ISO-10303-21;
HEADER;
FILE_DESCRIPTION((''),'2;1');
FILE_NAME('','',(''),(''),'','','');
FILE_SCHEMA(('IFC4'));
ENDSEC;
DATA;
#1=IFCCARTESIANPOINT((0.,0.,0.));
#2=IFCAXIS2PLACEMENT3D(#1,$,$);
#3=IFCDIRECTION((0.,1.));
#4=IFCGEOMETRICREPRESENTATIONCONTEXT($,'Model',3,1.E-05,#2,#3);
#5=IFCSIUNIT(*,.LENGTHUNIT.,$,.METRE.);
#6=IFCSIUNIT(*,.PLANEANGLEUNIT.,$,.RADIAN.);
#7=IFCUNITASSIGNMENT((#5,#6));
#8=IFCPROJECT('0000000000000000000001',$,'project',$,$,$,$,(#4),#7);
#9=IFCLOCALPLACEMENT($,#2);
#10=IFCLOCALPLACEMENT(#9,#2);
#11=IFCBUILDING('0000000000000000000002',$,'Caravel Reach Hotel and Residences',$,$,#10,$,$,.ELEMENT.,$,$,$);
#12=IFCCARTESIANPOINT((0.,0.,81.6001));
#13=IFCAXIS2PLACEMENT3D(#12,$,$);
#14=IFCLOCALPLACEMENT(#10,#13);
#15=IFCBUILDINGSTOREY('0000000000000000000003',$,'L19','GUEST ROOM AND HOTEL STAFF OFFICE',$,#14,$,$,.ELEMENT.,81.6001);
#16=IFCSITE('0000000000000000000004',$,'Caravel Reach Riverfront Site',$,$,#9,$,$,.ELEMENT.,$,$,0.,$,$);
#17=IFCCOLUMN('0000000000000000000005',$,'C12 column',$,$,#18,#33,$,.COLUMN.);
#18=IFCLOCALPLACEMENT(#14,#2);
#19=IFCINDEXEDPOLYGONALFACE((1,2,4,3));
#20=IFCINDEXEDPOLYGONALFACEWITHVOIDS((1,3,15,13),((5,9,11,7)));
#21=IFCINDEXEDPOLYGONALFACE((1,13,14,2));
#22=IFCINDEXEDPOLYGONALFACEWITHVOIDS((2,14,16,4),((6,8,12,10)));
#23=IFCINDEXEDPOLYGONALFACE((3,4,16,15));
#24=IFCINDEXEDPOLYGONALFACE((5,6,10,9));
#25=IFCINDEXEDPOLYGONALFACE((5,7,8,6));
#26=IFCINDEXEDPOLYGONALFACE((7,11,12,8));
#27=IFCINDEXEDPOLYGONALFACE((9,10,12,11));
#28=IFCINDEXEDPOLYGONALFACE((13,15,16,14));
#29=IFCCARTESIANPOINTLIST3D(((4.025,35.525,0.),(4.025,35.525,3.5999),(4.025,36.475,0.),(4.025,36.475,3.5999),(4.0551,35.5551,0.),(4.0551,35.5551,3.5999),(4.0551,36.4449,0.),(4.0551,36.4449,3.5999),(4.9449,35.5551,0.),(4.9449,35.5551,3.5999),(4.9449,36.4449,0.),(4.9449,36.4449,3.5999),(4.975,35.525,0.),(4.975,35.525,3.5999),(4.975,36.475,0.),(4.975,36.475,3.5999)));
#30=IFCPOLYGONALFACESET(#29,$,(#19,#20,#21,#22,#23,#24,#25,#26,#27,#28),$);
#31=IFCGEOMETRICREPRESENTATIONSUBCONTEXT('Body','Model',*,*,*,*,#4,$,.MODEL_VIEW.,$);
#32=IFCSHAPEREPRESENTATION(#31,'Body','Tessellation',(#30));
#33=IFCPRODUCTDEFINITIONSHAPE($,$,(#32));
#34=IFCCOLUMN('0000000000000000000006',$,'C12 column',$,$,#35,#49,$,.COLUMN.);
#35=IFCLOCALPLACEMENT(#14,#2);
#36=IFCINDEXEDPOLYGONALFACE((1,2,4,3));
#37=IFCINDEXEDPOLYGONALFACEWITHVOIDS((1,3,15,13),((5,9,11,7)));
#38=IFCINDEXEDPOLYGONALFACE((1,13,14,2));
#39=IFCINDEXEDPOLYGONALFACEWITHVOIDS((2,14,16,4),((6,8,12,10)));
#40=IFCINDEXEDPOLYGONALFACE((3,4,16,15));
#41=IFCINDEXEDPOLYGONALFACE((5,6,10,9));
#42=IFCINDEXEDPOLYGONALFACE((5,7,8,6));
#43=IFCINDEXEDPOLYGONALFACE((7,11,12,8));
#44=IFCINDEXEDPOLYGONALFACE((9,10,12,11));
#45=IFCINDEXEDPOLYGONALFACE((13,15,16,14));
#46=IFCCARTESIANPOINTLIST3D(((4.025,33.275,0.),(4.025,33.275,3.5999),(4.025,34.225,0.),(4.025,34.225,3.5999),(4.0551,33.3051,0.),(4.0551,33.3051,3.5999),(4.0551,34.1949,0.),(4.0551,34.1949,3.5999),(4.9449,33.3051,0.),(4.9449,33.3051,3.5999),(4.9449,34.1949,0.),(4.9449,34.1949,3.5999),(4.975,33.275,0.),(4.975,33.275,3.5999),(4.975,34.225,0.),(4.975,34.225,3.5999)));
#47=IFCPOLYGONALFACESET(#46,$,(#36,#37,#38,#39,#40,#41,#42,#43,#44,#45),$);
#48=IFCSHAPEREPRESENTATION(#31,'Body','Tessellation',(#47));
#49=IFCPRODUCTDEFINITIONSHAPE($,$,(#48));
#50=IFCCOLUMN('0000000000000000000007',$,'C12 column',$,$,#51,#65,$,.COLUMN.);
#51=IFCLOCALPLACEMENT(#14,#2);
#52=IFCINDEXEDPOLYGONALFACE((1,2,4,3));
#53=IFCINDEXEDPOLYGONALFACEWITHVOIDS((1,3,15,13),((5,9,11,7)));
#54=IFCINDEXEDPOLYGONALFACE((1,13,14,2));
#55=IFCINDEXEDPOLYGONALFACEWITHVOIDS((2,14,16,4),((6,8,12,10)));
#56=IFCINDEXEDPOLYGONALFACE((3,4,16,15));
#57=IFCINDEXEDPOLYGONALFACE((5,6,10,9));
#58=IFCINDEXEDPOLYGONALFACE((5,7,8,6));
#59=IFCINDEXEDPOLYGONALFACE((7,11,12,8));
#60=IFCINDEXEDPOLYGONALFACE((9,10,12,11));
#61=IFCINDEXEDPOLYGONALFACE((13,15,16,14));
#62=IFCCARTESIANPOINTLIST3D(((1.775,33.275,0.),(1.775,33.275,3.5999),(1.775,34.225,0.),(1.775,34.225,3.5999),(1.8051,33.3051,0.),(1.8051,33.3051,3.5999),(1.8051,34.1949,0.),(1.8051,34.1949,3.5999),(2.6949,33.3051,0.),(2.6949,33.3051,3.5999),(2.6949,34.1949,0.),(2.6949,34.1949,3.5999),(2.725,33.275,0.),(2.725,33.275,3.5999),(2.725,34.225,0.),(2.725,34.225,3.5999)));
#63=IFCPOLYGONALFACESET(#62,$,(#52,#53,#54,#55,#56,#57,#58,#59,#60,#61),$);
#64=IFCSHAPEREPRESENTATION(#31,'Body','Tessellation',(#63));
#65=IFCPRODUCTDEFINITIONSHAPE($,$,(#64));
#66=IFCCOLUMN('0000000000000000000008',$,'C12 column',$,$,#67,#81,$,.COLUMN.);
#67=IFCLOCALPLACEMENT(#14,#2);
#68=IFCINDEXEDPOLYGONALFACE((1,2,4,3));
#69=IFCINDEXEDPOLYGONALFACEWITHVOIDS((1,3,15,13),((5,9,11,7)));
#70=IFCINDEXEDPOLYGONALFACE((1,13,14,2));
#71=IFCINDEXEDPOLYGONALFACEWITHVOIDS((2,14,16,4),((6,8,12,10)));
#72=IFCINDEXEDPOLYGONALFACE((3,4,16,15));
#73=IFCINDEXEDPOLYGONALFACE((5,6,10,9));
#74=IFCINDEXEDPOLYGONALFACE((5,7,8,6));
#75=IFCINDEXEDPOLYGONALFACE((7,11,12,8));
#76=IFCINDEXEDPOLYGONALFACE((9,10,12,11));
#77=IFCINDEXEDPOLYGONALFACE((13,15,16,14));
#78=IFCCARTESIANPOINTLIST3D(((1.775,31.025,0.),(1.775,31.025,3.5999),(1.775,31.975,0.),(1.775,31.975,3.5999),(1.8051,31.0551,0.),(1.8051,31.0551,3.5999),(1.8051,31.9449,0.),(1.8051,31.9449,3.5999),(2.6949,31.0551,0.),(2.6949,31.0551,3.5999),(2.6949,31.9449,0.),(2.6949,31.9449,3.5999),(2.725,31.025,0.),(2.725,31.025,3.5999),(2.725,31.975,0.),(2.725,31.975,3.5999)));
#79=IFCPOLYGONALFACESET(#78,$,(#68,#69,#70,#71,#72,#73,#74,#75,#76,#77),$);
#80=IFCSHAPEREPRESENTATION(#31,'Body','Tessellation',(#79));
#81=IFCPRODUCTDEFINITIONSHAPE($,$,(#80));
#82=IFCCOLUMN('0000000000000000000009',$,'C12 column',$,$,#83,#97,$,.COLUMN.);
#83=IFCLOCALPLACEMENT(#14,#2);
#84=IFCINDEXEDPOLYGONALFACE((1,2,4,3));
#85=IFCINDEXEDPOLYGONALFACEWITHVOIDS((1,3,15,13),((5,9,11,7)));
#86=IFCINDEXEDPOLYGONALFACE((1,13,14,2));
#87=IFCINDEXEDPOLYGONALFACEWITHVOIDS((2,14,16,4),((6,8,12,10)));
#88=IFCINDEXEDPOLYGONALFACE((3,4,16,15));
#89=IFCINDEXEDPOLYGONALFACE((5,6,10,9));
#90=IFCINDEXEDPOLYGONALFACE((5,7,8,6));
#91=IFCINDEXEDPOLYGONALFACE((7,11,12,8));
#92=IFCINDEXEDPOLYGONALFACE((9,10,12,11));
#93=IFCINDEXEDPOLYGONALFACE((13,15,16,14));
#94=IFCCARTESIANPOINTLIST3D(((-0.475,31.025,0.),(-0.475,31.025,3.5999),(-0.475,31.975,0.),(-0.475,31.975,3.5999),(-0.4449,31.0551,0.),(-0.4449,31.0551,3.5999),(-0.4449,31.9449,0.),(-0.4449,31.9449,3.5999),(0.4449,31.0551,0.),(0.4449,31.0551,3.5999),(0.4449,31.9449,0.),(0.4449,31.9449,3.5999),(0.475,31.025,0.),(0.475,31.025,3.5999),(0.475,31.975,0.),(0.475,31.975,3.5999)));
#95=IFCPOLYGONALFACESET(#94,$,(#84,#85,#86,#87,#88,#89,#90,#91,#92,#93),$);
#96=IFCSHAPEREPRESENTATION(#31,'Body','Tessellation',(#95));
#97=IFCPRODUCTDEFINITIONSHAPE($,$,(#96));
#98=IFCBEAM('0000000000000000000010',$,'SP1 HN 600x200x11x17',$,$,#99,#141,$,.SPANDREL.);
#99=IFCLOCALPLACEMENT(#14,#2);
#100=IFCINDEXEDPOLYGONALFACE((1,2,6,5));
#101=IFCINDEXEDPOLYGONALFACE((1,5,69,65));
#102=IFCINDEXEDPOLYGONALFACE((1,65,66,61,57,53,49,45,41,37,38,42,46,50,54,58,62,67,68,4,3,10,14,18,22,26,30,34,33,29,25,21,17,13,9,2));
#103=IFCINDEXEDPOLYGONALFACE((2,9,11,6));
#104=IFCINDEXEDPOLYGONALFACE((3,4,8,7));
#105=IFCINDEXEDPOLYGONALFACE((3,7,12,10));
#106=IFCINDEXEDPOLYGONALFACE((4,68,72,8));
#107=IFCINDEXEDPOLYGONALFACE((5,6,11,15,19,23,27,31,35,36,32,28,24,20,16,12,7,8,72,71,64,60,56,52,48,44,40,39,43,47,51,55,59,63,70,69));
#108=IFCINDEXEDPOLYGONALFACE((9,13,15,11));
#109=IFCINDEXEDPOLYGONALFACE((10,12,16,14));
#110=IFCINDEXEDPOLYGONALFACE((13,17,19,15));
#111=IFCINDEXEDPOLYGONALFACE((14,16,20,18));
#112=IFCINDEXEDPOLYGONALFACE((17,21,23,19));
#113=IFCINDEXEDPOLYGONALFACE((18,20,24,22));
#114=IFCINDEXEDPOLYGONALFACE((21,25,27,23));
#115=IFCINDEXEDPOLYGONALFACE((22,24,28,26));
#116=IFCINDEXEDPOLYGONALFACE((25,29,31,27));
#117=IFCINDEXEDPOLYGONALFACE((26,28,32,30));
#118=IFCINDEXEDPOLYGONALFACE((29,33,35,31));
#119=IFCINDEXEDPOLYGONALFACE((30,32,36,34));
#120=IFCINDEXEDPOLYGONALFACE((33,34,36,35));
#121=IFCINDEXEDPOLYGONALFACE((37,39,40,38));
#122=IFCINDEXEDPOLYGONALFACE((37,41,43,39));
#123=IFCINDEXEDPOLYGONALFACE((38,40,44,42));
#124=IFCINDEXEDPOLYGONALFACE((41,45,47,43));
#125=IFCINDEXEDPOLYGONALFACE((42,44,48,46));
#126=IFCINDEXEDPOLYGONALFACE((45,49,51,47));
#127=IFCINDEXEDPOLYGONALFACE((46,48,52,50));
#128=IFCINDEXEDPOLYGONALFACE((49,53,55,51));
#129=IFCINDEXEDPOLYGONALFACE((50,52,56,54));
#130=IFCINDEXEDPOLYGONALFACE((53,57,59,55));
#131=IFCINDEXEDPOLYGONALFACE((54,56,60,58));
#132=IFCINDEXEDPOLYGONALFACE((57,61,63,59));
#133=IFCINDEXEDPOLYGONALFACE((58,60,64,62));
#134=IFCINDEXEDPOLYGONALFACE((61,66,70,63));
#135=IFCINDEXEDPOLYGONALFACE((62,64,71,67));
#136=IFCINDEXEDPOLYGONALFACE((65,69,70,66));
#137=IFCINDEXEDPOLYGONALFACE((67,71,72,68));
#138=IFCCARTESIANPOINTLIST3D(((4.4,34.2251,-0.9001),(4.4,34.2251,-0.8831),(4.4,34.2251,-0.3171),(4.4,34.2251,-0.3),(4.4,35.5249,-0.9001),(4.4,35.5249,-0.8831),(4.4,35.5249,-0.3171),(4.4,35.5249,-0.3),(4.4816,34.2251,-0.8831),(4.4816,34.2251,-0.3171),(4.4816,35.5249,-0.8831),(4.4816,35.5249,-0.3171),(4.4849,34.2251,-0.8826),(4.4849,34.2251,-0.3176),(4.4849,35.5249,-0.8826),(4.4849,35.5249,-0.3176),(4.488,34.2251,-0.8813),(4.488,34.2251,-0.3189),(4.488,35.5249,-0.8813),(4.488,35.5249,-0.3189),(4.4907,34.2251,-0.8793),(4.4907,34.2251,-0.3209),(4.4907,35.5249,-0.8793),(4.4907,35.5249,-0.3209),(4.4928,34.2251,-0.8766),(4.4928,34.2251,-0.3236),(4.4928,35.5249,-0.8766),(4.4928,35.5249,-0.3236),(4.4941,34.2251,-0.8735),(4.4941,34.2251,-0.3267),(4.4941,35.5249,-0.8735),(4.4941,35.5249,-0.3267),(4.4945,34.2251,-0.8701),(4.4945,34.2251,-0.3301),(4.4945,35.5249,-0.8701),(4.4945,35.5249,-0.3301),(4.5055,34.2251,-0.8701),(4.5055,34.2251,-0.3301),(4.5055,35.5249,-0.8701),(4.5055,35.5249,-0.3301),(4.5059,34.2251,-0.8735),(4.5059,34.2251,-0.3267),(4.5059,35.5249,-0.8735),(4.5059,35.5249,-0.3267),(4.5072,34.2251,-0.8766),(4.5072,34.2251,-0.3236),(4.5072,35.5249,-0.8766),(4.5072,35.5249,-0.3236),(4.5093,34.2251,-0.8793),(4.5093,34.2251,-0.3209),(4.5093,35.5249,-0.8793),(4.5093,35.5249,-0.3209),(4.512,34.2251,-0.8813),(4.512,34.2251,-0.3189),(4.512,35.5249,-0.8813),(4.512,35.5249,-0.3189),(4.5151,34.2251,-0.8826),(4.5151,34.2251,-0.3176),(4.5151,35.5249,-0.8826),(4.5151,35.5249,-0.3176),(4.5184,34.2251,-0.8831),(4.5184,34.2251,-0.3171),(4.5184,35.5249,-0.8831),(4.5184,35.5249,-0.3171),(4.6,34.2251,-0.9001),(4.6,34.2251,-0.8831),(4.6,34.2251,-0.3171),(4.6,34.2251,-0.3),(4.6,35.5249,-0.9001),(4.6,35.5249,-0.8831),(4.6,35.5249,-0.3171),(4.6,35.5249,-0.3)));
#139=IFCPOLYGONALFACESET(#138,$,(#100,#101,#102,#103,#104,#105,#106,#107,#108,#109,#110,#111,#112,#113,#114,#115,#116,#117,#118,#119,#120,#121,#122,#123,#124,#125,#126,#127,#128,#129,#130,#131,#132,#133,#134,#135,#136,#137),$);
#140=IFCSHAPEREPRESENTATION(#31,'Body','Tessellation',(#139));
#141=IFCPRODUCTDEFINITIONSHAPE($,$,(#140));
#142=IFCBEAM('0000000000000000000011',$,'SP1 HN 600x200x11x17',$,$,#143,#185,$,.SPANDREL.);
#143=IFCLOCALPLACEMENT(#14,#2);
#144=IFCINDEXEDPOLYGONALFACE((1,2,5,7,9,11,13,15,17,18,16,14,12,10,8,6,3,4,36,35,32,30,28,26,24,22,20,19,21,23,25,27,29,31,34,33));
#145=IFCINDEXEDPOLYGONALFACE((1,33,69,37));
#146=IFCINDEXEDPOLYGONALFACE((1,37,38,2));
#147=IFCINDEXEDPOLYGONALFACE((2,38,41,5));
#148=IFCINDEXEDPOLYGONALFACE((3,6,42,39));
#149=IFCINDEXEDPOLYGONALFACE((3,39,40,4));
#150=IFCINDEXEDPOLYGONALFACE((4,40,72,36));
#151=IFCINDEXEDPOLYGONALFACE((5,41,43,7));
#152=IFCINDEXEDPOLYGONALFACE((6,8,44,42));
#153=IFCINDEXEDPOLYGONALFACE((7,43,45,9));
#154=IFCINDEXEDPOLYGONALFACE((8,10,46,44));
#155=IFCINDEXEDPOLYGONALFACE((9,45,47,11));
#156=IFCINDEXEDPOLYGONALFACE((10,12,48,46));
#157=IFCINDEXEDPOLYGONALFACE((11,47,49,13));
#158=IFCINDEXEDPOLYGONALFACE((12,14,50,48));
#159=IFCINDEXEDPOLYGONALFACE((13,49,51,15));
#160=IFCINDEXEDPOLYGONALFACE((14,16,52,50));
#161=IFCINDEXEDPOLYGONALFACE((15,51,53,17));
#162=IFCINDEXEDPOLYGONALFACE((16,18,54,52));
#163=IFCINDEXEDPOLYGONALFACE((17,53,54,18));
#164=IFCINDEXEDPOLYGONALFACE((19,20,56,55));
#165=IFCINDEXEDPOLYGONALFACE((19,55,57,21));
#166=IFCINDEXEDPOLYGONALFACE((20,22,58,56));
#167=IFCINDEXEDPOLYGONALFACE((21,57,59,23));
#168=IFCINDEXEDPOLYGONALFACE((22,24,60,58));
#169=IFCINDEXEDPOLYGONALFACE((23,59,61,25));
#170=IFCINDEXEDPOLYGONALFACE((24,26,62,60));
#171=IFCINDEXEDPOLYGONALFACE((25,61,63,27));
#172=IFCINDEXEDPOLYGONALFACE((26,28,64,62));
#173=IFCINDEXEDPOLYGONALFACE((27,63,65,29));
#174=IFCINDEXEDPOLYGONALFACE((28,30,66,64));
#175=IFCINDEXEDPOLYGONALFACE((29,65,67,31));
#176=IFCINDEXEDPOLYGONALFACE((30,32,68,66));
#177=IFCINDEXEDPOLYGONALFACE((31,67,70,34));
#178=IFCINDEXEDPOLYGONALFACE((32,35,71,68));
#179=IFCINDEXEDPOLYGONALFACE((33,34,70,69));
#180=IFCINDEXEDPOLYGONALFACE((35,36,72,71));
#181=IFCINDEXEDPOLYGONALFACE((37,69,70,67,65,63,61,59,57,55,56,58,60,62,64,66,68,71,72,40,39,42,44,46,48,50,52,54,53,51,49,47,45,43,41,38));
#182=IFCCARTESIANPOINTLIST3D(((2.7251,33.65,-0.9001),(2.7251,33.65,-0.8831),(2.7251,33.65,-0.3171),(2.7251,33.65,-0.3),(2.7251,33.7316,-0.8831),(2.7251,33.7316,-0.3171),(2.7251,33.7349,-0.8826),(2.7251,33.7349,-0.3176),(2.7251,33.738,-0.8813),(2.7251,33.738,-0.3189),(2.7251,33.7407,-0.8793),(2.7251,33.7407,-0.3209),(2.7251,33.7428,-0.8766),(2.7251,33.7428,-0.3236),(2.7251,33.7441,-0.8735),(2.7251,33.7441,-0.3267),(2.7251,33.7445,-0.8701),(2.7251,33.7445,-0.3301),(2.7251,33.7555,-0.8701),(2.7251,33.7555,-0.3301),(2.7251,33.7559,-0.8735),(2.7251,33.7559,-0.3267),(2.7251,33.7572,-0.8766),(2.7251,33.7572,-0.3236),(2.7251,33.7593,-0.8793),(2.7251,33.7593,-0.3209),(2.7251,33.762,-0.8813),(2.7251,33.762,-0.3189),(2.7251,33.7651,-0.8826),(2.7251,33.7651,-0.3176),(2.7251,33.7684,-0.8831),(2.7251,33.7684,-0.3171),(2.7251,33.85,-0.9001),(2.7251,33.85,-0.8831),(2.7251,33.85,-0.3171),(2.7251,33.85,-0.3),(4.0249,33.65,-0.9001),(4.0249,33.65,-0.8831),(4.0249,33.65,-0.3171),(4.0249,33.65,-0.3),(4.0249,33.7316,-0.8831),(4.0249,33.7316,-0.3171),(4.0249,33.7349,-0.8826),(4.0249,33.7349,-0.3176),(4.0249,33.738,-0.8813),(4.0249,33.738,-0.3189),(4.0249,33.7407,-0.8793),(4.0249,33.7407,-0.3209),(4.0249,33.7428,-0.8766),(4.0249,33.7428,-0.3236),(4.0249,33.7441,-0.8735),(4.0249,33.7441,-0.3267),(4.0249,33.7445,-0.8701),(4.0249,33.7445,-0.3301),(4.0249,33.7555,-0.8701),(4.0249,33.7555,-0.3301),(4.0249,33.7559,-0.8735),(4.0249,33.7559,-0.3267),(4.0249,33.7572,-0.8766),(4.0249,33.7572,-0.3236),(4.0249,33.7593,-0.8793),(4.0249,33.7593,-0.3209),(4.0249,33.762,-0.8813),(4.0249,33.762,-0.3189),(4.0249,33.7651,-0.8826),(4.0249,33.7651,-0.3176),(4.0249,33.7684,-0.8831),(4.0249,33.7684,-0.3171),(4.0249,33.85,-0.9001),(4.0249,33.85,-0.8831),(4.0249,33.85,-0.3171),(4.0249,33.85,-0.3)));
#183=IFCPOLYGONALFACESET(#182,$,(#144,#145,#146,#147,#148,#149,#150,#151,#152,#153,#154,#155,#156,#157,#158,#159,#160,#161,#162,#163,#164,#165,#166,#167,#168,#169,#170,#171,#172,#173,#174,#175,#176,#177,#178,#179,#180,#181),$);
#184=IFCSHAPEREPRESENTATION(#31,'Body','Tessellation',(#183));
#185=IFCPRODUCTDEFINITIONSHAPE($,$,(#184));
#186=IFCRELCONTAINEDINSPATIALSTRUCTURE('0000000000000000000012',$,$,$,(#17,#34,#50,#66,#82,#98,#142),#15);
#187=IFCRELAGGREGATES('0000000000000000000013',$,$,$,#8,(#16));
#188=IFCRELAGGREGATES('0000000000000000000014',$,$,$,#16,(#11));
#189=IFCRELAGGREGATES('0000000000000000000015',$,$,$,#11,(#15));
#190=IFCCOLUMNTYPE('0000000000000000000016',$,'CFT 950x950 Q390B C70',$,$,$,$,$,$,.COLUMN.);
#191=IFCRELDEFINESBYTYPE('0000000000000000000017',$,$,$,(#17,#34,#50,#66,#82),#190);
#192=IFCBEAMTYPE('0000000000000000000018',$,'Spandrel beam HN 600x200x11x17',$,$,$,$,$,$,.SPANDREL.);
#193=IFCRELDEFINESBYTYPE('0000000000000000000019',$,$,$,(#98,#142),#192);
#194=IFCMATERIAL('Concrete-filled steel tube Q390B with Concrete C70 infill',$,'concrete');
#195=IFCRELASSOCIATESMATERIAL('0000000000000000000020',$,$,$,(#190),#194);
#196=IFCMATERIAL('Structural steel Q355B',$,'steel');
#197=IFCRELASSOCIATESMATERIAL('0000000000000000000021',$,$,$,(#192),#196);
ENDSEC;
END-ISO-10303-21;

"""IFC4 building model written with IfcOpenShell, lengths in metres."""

from ifc_helpers import new_model, si_unit, direction, frame, origin, origin_2d, place, context, subcontext, project, spatial, hollow_rectangle, i_section, extrude, material, material_profile, profile_set, type_object, element, save


model = new_model("IFC4")

# Units and contexts
model_context = context("Model", 3, precision=1e-05, world=origin(), true_north=direction((0.0, 1.0)))
body_context = subcontext(model_context, "Body", "Model", "MODEL_VIEW")
ifc_project = project(units=[si_unit("LENGTHUNIT", "METRE"), si_unit("PLANEANGLEUNIT", "RADIAN")], contexts=[model_context])

# Site, building, storey
site_placement = place(None, origin())
site = spatial("IfcSite", under=ifc_project, at=site_placement, Name="Caravel Reach Riverfront Site", CompositionType="ELEMENT", RefElevation=0.0)
building_placement = place(site_placement, origin())
building = spatial("IfcBuilding", under=site, at=building_placement, Name="Caravel Reach Hotel and Residences", CompositionType="ELEMENT")
storey_placement = place(building_placement, frame((0.0, 0.0, 81.6001)))
storey = spatial("IfcBuildingStorey", under=building, at=storey_placement, Name="L19", Description="GUEST ROOM AND HOTEL STAFF OFFICE", CompositionType="ELEMENT", Elevation=81.6001)

# Columns
ifc_material_1 = material(Name="Concrete-filled steel tube Q390B with Concrete C70 infill", Category="concrete")
ifc_material_profile_1 = material_profile(ifc_material_1, hollow_rectangle(XDim=0.95, YDim=0.95, WallThickness=0.03, at=origin_2d()), Name="RHS 950x950x30")
ifc_profile_set_1 = profile_set([ifc_material_profile_1], Name="Concrete-filled steel tube Q390B with Concrete C70 infill")
column_type = type_object("IfcColumnType", Name="CFT 950x950 Q390B C70", PredefinedType="COLUMN", material=ifc_profile_set_1)
for number, where, z_axis, x_axis, name in (
    (1, (4.5, 36.0, 0.0), (0.0, 0.0, 1.0), (1.0, 0.0, 0.0), "C12 column"),
    (2, (4.5, 33.75, 0.0), (0.0, 0.0, 1.0), (1.0, 0.0, 0.0), "C12 column"),
    (3, (2.25, 33.75, 0.0), (0.0, 0.0, 1.0), (1.0, 0.0, 0.0), "C12 column"),
    (4, (2.25, 31.5, 0.0), (0.0, 0.0, 1.0), (1.0, 0.0, 0.0), "C12 column"),
    (5, (0.0, 31.5, 0.0), (0.0, 0.0, 1.0), (1.0, 0.0, 0.0), "C12 column"),
):
    element("IfcColumn", number, at=place(storey_placement, frame(where, z_axis=z_axis, x_axis=x_axis)), inside=storey, type_object=column_type, Name=name, PredefinedType="COLUMN", context=body_context, shape_type="SweptSolid", body=[
        extrude(hollow_rectangle(XDim=0.95, YDim=0.95, WallThickness=0.03, at=origin_2d()), origin(), (0.0, 0.0, 1.0), 3.5999),
    ])

# Beams
ifc_material_2 = material(Name="Structural steel Q355B", Category="steel")
ifc_material_profile_2 = material_profile(ifc_material_2, i_section(OverallWidth=0.2, OverallDepth=0.6001, WebThickness=0.011, FlangeThickness=0.0171, FilletRadius=0.0129, at=origin_2d()), Name="HN 600x200x11x17")
ifc_profile_set_2 = profile_set([ifc_material_profile_2], Name="Structural steel Q355B")
beam_type = type_object("IfcBeamType", Name="Spandrel beam HN 600x200x11x17", PredefinedType="SPANDREL", material=ifc_profile_set_2)
for number, where, z_axis, x_axis, name in (
    (6, (4.5, 35.5249, -0.6001), (0.0, -1.0, 0.0), (1.0, 0.0, 0.0), "SP1 HN 600x200x11x17"),
    (7, (4.0249, 33.75, -0.6001), (-1.0, 0.0, 0.0), (0.0, -1.0, 0.0), "SP1 HN 600x200x11x17"),
):
    element("IfcBeam", number, at=place(storey_placement, frame(where, z_axis=z_axis, x_axis=x_axis)), inside=storey, type_object=beam_type, Name=name, PredefinedType="SPANDREL", context=body_context, shape_type="SweptSolid", body=[
        extrude(i_section(OverallWidth=0.2, OverallDepth=0.6001, WebThickness=0.011, FlangeThickness=0.0171, FilletRadius=0.0129, at=origin_2d()), origin(), (0.0, 0.0, 1.0), 1.2998),
    ])

save(model, "model.ifc")
